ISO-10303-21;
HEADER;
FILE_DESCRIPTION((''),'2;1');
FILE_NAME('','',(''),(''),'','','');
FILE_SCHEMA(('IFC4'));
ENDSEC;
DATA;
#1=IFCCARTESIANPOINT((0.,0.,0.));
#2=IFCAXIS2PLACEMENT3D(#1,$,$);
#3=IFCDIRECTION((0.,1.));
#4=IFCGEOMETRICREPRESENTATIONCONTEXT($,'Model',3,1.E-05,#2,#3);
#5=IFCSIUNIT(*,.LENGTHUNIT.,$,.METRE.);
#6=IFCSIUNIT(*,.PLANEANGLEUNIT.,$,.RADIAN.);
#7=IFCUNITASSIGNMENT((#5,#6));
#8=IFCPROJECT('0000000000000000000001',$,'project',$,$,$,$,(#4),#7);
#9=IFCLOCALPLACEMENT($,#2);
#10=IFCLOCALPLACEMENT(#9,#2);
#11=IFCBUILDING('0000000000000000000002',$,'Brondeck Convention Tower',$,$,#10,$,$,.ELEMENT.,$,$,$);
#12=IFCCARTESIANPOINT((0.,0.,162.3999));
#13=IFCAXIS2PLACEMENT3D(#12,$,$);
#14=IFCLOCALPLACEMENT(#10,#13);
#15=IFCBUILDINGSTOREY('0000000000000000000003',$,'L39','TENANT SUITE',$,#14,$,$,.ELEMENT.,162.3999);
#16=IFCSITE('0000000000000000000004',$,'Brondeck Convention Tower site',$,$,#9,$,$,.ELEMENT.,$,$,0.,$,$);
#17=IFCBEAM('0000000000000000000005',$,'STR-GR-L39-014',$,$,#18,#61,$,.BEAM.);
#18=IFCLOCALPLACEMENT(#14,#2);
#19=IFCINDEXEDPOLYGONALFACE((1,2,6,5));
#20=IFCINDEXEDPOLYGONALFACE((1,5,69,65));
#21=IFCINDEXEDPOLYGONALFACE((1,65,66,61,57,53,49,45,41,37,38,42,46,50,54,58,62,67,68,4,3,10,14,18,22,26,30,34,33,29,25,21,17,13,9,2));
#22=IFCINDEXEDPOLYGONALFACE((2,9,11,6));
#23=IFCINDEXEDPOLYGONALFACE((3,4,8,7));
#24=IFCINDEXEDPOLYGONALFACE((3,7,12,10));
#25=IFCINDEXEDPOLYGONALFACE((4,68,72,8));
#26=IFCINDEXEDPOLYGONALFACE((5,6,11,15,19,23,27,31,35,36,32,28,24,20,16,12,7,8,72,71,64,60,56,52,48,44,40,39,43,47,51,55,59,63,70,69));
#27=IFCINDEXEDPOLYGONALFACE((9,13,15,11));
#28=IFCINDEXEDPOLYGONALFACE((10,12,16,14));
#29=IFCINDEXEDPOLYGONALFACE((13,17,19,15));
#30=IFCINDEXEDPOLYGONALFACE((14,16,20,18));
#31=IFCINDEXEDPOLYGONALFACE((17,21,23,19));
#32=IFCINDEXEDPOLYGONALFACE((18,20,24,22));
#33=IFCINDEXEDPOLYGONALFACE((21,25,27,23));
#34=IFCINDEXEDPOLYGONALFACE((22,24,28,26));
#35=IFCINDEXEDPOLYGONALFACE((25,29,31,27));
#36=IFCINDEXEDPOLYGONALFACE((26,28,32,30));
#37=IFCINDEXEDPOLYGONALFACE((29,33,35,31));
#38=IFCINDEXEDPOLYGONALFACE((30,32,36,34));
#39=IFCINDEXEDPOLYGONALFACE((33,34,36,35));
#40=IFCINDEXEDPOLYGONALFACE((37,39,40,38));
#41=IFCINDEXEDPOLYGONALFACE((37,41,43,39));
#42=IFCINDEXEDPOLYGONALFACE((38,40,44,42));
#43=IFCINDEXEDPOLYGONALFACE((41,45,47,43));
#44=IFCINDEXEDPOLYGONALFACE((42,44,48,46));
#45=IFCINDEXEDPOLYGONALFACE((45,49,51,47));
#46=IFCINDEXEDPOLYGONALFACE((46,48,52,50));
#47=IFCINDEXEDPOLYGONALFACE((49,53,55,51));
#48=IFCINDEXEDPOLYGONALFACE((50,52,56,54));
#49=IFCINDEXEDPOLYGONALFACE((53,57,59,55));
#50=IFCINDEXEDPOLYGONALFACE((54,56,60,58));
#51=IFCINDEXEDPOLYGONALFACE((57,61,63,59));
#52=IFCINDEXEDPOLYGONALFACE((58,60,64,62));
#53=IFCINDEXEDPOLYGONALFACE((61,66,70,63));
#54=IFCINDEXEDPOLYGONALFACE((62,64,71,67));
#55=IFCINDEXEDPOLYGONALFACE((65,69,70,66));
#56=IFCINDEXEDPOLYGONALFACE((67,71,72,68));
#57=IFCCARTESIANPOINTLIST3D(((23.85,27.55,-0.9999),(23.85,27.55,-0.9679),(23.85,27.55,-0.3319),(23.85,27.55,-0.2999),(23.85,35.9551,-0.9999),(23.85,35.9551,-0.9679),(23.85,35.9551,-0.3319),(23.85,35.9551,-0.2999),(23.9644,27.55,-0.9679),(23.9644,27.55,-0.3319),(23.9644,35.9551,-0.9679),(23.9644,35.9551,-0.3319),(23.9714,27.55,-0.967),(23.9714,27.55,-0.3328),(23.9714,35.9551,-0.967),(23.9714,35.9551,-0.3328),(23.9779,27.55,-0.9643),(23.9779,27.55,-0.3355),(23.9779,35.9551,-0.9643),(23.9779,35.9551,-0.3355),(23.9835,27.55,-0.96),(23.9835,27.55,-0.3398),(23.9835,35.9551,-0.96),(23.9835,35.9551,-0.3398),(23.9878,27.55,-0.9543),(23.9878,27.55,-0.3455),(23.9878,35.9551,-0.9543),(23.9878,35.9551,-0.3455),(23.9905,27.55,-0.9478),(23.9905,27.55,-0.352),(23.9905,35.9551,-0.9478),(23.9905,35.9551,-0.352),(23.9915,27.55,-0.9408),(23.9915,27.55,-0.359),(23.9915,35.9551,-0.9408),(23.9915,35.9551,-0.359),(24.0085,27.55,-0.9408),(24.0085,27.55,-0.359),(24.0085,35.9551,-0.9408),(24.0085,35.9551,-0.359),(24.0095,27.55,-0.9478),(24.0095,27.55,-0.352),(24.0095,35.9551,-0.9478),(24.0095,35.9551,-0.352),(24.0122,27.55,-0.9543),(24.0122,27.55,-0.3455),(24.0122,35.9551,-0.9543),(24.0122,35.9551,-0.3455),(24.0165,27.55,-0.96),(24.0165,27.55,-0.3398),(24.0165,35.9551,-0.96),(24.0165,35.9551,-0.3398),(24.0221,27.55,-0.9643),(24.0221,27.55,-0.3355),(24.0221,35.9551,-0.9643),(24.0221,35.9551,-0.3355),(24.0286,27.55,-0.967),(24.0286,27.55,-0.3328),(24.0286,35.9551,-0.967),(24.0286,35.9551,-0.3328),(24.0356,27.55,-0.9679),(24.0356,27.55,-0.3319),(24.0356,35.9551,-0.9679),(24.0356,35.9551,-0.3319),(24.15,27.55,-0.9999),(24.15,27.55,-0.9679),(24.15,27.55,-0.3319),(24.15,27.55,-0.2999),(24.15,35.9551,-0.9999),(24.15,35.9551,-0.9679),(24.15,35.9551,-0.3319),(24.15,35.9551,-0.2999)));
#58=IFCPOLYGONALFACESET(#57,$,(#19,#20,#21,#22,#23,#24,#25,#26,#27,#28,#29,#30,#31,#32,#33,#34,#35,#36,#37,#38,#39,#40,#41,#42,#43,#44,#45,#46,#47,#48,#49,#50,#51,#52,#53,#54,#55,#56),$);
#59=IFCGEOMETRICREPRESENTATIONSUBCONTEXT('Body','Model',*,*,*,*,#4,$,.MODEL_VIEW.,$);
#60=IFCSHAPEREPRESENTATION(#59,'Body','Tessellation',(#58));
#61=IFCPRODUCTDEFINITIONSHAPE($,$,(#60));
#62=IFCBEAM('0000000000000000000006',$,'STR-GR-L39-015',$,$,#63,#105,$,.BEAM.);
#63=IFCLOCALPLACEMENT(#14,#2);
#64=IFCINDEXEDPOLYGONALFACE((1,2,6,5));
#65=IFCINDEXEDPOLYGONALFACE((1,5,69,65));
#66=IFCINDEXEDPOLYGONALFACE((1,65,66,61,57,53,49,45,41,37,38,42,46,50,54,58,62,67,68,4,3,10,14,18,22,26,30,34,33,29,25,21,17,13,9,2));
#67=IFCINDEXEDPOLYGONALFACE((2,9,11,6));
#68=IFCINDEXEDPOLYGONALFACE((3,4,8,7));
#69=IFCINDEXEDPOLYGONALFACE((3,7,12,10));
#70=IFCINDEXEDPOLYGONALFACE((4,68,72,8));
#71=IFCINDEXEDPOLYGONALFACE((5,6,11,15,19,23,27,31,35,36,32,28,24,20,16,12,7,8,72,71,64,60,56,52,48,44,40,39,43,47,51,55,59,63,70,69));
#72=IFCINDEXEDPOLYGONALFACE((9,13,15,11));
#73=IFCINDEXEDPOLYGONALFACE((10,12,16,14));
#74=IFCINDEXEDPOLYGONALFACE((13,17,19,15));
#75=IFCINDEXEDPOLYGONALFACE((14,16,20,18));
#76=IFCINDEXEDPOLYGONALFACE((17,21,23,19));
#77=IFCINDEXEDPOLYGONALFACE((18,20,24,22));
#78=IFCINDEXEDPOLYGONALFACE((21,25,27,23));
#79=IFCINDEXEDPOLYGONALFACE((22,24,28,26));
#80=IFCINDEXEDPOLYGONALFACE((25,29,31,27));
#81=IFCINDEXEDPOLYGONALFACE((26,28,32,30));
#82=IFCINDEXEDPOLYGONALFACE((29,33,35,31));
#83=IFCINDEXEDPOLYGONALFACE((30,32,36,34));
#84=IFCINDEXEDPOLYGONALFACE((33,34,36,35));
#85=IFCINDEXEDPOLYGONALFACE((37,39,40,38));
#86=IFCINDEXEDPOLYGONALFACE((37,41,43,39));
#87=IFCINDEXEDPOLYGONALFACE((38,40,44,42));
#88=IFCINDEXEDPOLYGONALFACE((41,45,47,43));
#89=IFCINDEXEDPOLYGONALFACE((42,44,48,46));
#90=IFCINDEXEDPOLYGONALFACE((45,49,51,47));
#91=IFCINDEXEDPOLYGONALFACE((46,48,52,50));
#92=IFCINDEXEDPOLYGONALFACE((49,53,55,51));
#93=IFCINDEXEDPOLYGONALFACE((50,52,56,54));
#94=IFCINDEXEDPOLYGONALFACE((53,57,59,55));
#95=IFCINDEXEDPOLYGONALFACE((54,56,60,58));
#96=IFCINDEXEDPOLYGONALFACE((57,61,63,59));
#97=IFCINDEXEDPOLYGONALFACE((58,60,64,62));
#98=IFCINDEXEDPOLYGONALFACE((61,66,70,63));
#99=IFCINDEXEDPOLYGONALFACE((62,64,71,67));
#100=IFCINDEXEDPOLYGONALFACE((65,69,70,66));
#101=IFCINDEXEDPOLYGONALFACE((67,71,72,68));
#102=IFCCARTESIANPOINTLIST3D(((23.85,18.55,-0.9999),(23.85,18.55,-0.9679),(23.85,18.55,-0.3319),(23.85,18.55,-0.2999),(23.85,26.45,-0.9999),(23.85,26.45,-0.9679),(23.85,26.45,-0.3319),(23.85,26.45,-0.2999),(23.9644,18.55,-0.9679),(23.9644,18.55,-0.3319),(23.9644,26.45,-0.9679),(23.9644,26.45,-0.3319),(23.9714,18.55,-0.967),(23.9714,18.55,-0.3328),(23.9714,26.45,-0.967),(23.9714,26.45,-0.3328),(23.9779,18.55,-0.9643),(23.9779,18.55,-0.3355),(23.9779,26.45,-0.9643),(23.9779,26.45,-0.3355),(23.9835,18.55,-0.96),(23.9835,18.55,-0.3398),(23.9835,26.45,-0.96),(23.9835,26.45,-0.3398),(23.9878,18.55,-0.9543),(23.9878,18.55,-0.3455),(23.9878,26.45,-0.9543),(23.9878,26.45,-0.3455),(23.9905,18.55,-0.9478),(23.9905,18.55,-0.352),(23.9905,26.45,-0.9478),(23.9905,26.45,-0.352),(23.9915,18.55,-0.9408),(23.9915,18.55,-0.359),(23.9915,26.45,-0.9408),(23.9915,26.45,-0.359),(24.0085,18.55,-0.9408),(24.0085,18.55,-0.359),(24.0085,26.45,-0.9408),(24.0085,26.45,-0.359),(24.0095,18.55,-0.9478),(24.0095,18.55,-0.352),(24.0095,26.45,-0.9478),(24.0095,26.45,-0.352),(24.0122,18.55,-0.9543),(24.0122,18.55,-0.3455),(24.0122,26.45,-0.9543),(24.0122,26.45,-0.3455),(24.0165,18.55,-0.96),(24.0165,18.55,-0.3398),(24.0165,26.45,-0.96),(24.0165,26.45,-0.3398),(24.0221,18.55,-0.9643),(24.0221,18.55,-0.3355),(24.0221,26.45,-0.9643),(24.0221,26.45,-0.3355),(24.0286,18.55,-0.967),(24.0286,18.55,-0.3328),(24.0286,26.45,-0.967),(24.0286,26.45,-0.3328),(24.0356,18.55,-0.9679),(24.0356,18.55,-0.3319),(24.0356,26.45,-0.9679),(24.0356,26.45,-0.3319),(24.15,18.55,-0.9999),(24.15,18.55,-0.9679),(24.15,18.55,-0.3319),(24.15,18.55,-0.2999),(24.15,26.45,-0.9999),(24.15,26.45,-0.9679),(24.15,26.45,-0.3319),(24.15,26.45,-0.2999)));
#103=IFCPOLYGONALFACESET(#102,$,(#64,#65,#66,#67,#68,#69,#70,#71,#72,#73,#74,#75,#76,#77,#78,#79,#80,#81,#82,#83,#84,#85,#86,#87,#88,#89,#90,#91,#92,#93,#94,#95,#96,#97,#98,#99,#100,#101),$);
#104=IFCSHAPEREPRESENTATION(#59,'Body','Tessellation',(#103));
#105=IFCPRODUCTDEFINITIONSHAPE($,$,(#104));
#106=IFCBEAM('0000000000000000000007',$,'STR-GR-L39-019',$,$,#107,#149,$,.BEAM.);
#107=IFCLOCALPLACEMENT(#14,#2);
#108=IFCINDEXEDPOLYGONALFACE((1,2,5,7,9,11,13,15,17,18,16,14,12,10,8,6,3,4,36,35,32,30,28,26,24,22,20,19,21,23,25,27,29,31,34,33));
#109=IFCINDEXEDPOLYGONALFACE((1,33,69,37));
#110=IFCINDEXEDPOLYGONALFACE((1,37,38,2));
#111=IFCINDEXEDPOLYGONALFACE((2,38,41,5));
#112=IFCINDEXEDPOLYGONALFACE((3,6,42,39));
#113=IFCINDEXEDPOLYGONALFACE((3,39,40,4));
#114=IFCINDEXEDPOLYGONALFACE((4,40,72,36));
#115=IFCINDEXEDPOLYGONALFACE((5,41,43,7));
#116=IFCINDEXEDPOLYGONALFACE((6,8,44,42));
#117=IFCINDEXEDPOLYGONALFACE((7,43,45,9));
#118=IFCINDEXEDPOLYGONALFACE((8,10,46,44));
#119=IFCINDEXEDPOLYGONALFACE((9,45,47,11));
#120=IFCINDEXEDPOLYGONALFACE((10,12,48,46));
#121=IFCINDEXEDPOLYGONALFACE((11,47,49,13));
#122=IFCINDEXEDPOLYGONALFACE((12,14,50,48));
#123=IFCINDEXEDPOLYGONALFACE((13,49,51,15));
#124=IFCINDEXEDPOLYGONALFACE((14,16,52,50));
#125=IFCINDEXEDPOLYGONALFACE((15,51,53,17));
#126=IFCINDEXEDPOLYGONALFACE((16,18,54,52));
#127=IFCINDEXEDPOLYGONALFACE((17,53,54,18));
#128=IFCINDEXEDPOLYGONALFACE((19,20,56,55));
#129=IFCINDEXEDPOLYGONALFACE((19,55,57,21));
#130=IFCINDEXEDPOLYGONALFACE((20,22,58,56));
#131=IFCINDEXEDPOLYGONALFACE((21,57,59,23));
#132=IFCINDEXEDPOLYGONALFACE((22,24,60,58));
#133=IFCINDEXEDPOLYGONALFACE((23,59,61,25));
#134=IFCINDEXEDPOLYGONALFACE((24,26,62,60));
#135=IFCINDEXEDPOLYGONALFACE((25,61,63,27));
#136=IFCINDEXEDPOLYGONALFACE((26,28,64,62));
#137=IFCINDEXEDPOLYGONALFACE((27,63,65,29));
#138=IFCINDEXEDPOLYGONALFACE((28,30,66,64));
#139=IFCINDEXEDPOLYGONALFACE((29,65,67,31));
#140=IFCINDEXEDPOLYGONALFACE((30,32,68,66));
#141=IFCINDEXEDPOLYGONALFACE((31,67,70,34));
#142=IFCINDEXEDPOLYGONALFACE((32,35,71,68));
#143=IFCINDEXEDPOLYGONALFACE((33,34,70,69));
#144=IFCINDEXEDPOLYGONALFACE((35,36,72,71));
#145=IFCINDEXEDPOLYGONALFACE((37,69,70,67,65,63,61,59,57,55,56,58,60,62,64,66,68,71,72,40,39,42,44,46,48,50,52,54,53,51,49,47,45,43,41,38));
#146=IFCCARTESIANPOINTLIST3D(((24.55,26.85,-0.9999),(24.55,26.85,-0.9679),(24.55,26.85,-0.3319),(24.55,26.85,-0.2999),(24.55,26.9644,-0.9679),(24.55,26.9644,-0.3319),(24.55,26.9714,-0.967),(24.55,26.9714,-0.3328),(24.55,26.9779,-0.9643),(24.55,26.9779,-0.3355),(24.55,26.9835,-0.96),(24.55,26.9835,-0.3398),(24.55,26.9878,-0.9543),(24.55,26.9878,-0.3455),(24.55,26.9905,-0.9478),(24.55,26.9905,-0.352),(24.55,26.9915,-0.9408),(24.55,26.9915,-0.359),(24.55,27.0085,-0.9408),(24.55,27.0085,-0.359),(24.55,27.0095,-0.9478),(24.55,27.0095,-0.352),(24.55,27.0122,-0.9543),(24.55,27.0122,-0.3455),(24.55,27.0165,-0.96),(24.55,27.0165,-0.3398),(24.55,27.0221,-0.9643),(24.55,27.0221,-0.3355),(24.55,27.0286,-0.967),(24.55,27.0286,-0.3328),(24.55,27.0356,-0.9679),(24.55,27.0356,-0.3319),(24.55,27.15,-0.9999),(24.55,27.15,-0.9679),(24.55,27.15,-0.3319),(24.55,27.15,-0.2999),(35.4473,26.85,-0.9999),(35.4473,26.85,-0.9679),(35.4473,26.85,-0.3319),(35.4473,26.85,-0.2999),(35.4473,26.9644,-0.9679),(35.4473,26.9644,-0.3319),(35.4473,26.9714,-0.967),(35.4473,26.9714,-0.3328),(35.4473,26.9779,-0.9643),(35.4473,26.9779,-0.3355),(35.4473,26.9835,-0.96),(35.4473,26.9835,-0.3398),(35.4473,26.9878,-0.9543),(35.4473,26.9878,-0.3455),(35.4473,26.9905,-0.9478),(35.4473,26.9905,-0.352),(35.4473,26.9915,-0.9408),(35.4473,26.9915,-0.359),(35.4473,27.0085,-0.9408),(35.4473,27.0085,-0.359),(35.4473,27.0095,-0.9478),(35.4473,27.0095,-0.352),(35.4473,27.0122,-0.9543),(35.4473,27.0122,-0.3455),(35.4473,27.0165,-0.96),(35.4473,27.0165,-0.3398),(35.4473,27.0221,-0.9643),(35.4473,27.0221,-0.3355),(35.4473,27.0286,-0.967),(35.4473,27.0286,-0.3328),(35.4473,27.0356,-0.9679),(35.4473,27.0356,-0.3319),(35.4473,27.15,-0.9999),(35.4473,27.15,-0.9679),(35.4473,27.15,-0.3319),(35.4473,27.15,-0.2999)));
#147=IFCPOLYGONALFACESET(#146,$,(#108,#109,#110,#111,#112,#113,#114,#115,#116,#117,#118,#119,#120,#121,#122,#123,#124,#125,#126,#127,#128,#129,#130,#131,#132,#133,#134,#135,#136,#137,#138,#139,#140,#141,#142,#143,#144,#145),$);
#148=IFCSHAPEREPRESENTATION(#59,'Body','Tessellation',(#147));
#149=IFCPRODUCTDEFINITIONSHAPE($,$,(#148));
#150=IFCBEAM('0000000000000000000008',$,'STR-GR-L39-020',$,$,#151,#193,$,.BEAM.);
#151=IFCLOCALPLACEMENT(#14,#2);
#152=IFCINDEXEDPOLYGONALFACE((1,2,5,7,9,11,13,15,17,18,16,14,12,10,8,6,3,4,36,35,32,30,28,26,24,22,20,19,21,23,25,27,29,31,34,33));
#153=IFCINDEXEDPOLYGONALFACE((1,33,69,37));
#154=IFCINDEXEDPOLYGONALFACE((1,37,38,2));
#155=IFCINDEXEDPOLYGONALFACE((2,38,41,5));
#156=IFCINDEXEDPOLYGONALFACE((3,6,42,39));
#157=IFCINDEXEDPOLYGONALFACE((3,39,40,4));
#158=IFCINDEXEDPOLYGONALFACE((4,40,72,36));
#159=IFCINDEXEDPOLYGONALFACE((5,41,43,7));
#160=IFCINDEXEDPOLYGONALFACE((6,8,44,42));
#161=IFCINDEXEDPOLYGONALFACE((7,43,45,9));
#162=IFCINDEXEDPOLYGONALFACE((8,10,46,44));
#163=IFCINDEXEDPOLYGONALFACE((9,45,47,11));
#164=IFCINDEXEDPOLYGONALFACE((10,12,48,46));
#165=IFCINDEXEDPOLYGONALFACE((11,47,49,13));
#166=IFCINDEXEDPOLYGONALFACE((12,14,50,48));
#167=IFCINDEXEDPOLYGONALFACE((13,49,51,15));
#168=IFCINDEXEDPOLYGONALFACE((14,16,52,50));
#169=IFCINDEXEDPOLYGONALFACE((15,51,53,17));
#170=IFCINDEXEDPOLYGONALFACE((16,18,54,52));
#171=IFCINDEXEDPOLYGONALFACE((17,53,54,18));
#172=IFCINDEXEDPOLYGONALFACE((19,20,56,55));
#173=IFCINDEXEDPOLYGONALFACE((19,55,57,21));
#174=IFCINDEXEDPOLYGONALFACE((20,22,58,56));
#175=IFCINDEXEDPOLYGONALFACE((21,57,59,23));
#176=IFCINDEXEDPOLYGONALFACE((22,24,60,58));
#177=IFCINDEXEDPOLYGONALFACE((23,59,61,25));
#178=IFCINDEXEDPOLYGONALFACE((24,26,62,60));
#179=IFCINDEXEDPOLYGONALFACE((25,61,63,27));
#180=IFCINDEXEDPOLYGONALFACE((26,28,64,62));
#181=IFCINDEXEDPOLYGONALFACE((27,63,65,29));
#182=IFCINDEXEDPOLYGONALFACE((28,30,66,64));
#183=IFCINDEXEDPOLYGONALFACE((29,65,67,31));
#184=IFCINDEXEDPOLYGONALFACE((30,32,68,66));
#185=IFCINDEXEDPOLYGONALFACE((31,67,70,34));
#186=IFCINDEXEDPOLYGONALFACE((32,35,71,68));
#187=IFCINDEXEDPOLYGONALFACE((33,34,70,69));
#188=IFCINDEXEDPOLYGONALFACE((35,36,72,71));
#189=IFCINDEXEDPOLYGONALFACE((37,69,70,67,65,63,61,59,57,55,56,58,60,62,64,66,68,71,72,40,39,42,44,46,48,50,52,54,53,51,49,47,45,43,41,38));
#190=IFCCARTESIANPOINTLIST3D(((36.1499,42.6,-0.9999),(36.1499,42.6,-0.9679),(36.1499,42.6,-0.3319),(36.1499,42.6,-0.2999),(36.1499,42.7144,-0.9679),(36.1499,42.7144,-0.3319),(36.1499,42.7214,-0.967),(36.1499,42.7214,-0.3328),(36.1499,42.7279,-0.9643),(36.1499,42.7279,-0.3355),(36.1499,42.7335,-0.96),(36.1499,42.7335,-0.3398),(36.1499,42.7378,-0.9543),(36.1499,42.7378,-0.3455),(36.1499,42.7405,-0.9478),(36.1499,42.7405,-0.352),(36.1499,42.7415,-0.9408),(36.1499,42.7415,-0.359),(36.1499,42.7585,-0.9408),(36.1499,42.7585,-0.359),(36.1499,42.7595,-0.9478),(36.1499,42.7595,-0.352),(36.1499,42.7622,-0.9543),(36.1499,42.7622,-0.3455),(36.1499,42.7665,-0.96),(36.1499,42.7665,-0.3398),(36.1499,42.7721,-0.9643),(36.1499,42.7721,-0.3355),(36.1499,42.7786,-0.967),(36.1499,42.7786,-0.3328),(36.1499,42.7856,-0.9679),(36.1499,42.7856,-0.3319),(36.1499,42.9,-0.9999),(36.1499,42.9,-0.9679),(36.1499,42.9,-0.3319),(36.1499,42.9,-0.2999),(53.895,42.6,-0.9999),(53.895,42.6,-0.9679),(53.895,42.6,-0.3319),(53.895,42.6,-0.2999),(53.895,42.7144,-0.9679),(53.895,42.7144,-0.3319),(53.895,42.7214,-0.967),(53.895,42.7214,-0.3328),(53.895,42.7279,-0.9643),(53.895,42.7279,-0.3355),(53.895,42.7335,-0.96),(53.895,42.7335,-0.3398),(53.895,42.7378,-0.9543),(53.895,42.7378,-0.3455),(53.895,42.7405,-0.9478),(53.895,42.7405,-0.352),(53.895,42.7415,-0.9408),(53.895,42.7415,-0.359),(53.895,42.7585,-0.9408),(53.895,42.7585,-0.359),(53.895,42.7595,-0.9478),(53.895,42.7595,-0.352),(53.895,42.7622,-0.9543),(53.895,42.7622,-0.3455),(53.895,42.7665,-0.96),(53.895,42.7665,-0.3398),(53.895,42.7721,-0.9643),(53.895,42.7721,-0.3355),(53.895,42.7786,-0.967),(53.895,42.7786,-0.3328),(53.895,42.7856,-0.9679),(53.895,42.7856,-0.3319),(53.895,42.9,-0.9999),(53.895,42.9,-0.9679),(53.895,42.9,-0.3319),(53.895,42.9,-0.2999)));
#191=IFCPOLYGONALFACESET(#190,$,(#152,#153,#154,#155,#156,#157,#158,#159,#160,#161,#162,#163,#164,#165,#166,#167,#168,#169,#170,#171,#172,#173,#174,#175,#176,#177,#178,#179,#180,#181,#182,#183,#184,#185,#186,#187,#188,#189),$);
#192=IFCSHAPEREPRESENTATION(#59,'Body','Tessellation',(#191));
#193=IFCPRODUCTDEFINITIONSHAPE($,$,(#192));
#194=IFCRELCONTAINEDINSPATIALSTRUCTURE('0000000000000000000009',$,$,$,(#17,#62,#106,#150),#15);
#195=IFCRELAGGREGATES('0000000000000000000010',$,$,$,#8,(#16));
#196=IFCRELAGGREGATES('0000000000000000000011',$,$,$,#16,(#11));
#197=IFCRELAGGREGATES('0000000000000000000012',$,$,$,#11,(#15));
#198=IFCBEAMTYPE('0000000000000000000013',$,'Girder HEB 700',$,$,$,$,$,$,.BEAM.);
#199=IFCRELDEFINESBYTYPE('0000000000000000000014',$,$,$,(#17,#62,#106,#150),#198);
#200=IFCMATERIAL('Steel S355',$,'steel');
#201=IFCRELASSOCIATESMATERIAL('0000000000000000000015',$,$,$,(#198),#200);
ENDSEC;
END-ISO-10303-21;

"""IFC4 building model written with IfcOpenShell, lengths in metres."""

from ifc_helpers import new_model, si_unit, direction, frame, origin, origin_2d, place, context, subcontext, project, spatial, i_section, extrude, material, material_profile, profile_set, type_object, element, save


model = new_model("IFC4")

# Units and contexts
model_context = context("Model", 3, precision=1e-05, world=origin(), true_north=direction((0.0, 1.0)))
body_context = subcontext(model_context, "Body", "Model", "MODEL_VIEW")
ifc_project = project(units=[si_unit("LENGTHUNIT", "METRE"), si_unit("PLANEANGLEUNIT", "RADIAN")], contexts=[model_context])

# Site, building, storey
site_placement = place(None, origin())
site = spatial("IfcSite", under=ifc_project, at=site_placement, Name="Brondeck Convention Tower site", CompositionType="ELEMENT", RefElevation=0.0)
building_placement = place(site_placement, origin())
building = spatial("IfcBuilding", under=site, at=building_placement, Name="Brondeck Convention Tower", CompositionType="ELEMENT")
storey_placement = place(building_placement, frame((0.0, 0.0, 162.3999)))
storey = spatial("IfcBuildingStorey", under=building, at=storey_placement, Name="L39", Description="TENANT SUITE", CompositionType="ELEMENT", Elevation=162.3999)

# Beams
ifc_material_1 = material(Name="Steel S355", Category="steel")
ifc_material_profile_1 = material_profile(ifc_material_1, i_section(OverallWidth=0.3, OverallDepth=0.7, WebThickness=0.0171, FlangeThickness=0.032, FilletRadius=0.0271, at=origin_2d()), Name="HEB 700")
ifc_profile_set_1 = profile_set([ifc_material_profile_1], Name="Steel S355")
beam_type_1 = type_object("IfcBeamType", Name="Girder HEB 700", PredefinedType="BEAM", material=ifc_profile_set_1)
beam_1_placement = place(storey_placement, frame((24.0, 35.9551, -0.6499), z_axis=(0.0, -1.0, 0.0), x_axis=(1.0, 0.0, 0.0)))
element("IfcBeam", 1, at=beam_1_placement, inside=storey, type_object=beam_type_1, Name="STR-GR-L39-014", PredefinedType="BEAM", context=body_context, shape_type="SweptSolid", body=[
    extrude(i_section(OverallWidth=0.3, OverallDepth=0.7, WebThickness=0.0171, FlangeThickness=0.032, FilletRadius=0.0271, at=origin_2d()), origin(), (0.0, 0.0, 1.0), 8.405),
])
beam_2_placement = place(storey_placement, frame((24.0, 26.45, -0.6499), z_axis=(0.0, -1.0, 0.0), x_axis=(1.0, 0.0, 0.0)))
element("IfcBeam", 2, at=beam_2_placement, inside=storey, type_object=beam_type_1, Name="STR-GR-L39-015", PredefinedType="BEAM", context=body_context, shape_type="SweptSolid", body=[
    extrude(i_section(OverallWidth=0.3, OverallDepth=0.7, WebThickness=0.0171, FlangeThickness=0.032, FilletRadius=0.0271, at=origin_2d()), origin(), (0.0, 0.0, 1.0), 7.8999),
])
beam_3_placement = place(storey_placement, frame((24.55, 27.0, -0.6499), z_axis=(1.0, 0.0, 0.0), x_axis=(0.0, 1.0, 0.0)))
element("IfcBeam", 3, at=beam_3_placement, inside=storey, type_object=beam_type_1, Name="STR-GR-L39-019", PredefinedType="BEAM", context=body_context, shape_type="SweptSolid", body=[
    extrude(i_section(OverallWidth=0.3, OverallDepth=0.7, WebThickness=0.0171, FlangeThickness=0.032, FilletRadius=0.0271, at=origin_2d()), origin(), (0.0, 0.0, 1.0), 10.8972),
])
beam_4_placement = place(storey_placement, frame((36.1499, 42.75, -0.6499), z_axis=(1.0, 0.0, 0.0), x_axis=(0.0, 1.0, 0.0)))
element("IfcBeam", 4, at=beam_4_placement, inside=storey, type_object=beam_type_1, Name="STR-GR-L39-020", PredefinedType="BEAM", context=body_context, shape_type="SweptSolid", body=[
    extrude(i_section(OverallWidth=0.3, OverallDepth=0.7, WebThickness=0.0171, FlangeThickness=0.032, FilletRadius=0.0271, at=origin_2d()), origin(), (0.0, 0.0, 1.0), 17.7451),
])

save(model, "model.ifc")
